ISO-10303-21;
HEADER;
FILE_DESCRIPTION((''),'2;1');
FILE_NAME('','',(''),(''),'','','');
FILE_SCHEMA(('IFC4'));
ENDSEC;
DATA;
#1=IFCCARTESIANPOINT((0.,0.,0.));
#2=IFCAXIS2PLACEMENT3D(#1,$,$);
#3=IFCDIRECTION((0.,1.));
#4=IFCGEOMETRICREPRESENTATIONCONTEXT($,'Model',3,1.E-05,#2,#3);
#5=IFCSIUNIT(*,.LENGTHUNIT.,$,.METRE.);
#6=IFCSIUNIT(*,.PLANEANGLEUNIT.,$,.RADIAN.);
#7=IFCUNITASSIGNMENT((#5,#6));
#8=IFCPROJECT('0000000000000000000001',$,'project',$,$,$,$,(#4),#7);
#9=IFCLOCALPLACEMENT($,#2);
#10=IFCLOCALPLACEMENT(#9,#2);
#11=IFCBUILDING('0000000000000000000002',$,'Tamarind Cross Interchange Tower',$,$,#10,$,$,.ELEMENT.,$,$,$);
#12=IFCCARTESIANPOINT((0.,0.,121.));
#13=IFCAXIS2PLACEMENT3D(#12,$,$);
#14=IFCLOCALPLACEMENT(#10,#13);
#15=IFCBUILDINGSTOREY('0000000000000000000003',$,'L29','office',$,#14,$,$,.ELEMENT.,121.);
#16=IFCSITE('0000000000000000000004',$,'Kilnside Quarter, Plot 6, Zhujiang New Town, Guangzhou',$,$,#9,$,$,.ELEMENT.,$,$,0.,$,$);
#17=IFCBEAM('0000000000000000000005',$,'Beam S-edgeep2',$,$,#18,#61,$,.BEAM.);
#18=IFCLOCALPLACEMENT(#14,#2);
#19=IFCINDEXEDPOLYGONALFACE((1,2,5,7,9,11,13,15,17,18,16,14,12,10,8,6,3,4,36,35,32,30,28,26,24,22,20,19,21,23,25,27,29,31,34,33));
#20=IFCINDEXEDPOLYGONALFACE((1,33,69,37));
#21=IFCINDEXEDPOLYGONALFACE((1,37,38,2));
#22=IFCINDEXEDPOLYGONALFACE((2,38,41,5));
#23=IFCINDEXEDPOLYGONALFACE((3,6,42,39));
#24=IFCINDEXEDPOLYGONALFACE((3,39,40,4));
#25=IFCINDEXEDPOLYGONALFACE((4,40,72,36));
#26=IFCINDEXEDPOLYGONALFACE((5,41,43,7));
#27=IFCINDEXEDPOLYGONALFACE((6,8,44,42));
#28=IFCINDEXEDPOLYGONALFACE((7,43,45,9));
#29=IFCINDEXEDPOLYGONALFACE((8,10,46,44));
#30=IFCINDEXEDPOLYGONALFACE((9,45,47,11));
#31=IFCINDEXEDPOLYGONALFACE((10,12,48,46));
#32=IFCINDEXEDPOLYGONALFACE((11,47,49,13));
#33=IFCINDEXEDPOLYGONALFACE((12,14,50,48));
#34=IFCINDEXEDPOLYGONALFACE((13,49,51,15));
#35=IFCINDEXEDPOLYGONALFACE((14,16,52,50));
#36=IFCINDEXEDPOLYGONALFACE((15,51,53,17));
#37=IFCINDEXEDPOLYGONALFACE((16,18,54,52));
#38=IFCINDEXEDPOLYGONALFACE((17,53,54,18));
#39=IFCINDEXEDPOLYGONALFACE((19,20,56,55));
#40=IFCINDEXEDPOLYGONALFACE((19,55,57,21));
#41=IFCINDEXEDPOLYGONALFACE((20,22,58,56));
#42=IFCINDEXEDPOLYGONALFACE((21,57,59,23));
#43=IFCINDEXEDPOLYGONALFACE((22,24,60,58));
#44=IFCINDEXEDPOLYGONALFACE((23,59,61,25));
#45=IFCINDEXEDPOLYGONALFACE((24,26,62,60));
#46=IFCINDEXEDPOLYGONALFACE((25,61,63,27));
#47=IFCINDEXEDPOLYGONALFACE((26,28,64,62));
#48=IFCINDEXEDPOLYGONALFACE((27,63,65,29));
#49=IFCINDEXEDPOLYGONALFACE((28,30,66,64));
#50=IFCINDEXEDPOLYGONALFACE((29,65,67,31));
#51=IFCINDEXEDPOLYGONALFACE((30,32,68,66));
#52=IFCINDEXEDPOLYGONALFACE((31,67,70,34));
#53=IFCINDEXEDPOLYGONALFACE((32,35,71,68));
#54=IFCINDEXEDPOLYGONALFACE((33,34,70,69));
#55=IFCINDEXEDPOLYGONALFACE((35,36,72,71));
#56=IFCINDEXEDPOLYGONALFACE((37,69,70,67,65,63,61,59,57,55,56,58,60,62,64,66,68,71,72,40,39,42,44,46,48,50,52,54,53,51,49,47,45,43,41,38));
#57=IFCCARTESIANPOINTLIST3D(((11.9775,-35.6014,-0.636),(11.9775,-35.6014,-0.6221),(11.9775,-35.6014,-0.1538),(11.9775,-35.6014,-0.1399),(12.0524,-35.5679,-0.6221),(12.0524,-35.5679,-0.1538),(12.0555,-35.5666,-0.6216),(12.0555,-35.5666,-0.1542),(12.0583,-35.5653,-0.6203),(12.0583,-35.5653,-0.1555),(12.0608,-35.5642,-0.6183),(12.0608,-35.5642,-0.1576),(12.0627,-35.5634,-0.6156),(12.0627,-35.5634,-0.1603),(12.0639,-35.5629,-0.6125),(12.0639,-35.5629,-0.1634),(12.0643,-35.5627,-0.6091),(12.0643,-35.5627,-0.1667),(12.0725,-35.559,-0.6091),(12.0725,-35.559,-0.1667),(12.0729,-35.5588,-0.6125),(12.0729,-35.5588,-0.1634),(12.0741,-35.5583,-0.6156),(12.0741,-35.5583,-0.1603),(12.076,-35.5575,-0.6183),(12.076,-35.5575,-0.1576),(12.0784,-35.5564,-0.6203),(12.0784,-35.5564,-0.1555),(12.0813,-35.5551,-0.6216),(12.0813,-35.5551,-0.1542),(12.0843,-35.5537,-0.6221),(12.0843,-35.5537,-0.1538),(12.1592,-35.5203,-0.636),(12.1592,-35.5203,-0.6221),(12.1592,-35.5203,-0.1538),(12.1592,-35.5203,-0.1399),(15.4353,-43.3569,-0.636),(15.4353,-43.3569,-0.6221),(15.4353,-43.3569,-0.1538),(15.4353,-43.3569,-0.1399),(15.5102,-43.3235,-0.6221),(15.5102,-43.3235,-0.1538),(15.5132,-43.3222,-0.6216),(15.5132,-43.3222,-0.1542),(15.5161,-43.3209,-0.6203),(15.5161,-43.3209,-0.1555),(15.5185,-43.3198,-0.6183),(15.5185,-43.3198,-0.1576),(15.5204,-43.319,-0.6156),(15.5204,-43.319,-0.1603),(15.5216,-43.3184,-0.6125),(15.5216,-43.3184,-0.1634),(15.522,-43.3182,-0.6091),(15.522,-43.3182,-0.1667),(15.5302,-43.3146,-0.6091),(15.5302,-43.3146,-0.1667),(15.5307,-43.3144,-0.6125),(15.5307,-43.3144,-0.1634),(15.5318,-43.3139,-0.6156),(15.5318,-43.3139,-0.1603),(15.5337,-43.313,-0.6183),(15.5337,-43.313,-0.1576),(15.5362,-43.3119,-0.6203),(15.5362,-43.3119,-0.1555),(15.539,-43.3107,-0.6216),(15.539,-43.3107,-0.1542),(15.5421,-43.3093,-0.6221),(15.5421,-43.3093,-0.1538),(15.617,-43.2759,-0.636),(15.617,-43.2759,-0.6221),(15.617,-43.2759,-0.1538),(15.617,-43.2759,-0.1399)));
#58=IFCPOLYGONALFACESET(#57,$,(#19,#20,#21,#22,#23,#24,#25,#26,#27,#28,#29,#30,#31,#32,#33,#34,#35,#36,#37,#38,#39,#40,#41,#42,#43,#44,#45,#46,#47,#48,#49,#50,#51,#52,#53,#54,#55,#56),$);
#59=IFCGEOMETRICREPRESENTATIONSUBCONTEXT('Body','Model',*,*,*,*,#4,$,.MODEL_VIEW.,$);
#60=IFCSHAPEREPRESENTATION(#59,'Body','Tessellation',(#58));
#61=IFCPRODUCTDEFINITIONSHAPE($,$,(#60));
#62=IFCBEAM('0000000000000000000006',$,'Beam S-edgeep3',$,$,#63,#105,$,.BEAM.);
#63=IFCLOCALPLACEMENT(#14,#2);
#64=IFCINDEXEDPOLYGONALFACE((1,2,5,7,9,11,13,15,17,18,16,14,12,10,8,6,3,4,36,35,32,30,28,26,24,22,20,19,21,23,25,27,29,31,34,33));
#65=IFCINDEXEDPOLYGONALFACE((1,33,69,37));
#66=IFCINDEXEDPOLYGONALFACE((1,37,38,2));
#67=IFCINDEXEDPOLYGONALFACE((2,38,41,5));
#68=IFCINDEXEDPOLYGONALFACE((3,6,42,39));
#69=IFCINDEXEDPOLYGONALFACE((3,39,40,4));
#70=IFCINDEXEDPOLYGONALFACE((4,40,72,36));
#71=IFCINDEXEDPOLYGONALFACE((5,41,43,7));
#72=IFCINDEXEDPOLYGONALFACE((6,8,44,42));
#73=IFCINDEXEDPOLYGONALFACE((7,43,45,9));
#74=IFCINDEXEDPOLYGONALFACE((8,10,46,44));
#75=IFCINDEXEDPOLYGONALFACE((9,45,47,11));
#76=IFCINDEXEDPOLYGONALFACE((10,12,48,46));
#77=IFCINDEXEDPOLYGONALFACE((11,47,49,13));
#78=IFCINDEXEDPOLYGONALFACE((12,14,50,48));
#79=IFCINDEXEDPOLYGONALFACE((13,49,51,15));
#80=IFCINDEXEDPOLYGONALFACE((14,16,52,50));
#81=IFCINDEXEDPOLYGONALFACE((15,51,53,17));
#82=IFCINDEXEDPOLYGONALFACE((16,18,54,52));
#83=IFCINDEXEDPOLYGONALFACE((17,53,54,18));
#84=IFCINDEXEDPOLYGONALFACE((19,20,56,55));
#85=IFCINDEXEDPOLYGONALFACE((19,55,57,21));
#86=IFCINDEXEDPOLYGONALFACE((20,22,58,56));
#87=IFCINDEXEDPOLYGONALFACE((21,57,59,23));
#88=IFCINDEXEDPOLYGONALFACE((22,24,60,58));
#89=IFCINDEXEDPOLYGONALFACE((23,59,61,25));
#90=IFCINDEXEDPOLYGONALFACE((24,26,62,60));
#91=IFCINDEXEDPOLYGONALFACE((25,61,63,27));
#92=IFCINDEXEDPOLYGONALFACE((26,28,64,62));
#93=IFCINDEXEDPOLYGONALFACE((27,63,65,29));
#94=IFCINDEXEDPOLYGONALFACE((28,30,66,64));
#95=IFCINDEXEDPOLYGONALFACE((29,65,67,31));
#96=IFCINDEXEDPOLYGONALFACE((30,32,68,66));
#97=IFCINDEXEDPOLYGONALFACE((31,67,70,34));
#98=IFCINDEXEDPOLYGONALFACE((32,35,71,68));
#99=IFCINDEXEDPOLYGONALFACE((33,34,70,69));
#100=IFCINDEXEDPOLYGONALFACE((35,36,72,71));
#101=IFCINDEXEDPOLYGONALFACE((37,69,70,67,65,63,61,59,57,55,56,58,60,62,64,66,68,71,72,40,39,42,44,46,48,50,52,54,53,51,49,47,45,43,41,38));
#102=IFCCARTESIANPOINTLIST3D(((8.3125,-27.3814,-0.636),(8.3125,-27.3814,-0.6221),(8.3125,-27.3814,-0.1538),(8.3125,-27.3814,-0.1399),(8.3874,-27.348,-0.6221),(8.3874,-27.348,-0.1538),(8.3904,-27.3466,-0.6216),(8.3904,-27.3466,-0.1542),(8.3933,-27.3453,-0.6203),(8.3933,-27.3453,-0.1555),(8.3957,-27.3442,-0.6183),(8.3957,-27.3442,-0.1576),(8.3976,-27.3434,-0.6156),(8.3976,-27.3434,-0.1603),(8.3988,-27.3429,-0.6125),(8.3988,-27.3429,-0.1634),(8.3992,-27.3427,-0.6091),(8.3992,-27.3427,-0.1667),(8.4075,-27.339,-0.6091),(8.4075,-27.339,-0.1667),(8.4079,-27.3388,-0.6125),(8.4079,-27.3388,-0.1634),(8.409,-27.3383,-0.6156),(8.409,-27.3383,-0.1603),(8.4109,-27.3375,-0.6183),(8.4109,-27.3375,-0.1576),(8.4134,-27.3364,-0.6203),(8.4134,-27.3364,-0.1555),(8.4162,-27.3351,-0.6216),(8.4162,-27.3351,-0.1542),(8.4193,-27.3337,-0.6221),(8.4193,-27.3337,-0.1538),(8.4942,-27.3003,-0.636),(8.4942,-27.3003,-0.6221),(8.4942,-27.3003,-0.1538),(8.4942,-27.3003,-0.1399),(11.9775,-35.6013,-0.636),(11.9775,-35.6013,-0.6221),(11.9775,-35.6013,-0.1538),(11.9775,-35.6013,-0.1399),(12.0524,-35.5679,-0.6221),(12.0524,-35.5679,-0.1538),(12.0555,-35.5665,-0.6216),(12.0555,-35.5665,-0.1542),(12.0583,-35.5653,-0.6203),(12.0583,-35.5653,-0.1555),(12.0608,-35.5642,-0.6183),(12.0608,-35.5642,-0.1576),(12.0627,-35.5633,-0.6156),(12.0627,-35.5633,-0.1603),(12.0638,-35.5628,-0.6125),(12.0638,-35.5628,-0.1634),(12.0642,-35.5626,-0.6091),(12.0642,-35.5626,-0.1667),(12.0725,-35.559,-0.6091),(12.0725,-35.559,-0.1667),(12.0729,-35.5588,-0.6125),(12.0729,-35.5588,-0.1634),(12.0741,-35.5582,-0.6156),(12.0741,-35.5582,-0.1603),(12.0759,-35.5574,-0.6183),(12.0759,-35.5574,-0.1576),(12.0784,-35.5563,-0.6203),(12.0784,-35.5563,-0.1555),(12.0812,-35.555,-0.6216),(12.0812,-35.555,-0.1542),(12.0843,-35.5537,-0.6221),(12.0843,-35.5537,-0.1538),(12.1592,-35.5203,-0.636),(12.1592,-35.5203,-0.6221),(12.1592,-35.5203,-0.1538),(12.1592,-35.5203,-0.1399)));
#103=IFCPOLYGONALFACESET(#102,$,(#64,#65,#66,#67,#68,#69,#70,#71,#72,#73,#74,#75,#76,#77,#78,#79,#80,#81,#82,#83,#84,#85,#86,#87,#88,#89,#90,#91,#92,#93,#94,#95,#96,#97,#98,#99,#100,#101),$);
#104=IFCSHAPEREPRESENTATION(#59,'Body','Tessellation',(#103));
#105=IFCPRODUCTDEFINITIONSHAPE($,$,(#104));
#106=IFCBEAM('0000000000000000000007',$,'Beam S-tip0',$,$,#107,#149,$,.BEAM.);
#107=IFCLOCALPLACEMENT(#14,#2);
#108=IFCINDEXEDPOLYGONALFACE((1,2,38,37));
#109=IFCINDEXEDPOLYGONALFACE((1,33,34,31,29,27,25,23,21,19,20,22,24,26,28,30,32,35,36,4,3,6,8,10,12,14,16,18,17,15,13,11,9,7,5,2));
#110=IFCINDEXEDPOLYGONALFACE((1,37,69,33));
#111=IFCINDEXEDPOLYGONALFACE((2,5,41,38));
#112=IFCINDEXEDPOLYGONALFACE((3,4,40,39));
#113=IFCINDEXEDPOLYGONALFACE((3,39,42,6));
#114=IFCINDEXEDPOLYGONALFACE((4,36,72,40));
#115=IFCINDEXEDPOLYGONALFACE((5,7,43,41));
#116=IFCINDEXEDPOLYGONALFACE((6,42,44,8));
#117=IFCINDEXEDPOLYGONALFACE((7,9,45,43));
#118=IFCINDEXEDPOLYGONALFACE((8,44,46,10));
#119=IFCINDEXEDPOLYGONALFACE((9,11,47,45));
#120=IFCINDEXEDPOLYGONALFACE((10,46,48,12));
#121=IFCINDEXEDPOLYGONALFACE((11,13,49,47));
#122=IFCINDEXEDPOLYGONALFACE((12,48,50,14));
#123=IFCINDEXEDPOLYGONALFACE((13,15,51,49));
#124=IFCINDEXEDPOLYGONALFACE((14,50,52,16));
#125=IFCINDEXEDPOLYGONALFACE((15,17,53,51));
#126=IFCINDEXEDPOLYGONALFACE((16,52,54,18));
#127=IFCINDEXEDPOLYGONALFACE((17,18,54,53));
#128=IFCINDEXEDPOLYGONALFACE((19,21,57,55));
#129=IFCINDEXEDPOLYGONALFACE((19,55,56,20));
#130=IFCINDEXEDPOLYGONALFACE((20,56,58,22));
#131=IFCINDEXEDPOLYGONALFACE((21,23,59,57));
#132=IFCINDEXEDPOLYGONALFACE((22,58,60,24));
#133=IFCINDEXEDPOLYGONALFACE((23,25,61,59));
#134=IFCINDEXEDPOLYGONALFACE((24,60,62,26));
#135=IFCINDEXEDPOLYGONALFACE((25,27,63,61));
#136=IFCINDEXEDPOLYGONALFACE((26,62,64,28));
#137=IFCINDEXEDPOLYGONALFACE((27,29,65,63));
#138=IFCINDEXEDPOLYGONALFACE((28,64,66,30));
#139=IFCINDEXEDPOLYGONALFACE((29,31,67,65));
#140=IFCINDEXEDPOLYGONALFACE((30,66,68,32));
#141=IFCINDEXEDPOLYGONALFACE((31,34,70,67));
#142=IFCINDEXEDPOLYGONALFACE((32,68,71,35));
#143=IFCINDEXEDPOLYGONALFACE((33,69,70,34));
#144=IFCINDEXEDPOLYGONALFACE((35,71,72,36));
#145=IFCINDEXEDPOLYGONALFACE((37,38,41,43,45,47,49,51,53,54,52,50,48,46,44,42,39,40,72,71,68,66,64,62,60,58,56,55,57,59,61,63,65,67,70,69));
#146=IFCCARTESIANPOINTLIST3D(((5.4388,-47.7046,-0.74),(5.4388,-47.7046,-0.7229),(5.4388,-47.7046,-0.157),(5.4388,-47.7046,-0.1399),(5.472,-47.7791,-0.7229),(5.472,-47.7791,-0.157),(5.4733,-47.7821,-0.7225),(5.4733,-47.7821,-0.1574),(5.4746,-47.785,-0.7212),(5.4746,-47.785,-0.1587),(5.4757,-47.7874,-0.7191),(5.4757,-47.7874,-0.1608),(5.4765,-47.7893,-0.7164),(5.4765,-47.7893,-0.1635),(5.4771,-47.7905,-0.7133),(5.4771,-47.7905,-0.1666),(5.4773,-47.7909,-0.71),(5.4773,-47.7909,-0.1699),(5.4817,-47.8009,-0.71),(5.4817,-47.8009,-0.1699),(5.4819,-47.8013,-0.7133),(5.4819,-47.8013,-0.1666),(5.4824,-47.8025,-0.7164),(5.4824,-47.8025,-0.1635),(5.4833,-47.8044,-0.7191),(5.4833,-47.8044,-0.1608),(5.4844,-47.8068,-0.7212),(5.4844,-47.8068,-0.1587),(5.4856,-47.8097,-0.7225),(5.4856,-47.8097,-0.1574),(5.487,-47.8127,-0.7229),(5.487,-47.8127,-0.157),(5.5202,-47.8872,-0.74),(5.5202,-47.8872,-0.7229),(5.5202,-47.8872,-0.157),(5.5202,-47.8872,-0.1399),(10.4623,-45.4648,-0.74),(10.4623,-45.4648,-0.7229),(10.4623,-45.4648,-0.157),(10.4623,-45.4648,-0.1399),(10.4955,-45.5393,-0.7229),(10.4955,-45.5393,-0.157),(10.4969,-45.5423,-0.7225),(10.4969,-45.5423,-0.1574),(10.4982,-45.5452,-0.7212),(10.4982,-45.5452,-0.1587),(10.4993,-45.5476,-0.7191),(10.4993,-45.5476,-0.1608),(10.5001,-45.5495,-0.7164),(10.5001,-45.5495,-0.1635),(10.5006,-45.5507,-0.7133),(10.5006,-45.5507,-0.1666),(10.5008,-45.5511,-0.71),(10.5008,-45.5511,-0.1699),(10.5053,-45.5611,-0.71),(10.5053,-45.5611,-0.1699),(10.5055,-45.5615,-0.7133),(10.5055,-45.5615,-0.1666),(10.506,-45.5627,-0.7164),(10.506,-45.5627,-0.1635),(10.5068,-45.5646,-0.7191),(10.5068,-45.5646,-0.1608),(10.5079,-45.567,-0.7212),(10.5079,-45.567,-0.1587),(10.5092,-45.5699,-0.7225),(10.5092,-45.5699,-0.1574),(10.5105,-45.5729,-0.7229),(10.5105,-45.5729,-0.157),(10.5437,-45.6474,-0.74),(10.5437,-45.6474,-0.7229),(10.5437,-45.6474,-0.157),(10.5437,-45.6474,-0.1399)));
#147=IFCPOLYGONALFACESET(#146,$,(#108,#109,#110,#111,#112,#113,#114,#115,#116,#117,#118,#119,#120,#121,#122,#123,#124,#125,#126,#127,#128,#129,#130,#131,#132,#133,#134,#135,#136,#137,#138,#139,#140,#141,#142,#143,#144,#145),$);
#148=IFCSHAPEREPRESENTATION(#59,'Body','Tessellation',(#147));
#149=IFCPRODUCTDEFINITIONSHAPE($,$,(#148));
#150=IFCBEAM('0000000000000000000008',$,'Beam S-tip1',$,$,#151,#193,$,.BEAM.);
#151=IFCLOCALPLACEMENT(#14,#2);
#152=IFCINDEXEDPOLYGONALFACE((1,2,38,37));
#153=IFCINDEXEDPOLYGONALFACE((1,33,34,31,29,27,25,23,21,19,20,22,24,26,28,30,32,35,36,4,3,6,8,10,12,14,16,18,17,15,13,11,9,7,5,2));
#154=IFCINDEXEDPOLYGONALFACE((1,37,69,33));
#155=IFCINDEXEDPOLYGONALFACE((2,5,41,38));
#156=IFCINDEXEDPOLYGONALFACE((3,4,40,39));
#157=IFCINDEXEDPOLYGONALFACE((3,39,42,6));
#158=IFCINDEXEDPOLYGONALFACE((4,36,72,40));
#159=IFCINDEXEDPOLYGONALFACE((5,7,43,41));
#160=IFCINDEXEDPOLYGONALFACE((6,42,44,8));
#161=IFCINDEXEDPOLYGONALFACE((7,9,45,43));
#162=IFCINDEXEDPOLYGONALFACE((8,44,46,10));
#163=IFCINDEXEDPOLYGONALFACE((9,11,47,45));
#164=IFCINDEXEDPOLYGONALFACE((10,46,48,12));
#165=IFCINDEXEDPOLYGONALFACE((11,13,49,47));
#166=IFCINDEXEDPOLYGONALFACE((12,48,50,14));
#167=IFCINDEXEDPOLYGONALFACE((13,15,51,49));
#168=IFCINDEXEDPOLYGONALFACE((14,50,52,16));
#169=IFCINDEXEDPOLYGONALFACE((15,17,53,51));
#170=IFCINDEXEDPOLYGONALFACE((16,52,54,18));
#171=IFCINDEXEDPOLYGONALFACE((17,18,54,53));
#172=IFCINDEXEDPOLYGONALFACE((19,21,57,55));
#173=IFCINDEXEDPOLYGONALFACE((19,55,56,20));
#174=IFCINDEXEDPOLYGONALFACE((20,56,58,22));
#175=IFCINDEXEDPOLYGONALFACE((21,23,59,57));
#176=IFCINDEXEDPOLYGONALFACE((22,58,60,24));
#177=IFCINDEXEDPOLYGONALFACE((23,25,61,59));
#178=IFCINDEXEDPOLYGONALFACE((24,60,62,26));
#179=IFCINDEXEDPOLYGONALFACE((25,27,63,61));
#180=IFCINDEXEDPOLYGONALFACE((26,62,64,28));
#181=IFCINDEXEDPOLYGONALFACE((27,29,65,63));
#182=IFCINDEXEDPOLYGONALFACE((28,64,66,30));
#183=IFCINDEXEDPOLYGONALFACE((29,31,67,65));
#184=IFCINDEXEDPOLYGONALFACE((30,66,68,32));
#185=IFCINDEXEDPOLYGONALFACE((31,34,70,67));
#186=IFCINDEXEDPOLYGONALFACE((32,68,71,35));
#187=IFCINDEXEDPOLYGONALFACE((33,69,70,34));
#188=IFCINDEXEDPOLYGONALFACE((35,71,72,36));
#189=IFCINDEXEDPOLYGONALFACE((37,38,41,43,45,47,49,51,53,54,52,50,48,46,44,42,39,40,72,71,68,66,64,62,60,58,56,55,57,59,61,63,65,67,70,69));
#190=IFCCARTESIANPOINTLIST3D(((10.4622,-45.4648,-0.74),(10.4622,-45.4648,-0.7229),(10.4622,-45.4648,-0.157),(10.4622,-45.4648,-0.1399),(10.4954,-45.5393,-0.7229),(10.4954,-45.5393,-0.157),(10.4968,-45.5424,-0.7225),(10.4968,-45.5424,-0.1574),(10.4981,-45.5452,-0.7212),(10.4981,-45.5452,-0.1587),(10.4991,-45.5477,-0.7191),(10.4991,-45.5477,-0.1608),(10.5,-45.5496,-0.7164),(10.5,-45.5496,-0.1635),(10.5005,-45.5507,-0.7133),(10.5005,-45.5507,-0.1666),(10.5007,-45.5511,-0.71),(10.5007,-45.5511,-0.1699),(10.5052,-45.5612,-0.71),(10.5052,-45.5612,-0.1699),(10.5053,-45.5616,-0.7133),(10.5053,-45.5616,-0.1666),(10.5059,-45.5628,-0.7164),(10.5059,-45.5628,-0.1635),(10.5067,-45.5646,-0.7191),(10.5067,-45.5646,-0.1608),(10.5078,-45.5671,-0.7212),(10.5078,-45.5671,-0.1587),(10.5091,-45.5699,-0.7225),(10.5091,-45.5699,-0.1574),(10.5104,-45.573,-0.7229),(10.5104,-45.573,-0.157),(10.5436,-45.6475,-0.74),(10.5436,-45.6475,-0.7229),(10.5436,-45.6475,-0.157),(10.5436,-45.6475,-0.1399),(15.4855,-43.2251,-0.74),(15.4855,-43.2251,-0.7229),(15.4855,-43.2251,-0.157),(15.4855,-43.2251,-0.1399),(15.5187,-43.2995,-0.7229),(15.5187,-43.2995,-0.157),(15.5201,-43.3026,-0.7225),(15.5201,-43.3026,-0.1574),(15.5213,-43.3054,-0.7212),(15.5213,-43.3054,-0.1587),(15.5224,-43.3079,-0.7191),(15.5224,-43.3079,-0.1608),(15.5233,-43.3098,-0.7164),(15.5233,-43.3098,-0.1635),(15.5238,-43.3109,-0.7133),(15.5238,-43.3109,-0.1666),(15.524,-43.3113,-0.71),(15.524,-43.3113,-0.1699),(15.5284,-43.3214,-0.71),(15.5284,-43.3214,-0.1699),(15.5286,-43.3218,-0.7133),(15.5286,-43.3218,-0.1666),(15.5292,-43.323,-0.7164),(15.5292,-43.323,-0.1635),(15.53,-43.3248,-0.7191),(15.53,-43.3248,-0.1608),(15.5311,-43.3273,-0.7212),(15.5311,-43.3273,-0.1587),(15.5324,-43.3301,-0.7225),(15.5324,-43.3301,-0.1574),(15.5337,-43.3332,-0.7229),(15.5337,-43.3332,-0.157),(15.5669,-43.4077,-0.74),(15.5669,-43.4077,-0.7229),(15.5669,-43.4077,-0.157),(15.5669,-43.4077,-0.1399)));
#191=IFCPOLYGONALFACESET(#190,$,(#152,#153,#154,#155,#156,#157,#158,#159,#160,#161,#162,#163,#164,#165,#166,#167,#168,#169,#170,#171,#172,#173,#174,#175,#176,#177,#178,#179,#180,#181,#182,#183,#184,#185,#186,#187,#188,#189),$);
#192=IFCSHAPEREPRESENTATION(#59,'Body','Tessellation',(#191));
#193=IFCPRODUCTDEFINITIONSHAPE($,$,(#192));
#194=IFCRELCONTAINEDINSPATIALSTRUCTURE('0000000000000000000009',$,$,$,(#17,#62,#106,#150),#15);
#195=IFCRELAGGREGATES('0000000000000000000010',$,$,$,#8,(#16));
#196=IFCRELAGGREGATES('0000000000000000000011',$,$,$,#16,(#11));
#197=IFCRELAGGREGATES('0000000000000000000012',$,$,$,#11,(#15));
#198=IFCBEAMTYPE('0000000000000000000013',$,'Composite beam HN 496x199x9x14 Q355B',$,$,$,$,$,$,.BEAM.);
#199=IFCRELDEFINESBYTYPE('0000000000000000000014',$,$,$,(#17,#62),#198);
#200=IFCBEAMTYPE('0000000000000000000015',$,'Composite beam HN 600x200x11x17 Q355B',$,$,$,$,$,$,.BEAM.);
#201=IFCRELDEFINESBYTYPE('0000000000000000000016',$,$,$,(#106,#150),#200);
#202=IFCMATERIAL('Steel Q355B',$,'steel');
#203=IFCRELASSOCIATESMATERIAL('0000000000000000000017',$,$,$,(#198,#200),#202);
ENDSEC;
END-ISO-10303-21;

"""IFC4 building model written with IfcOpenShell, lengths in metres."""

from ifc_helpers import new_model, si_unit, direction, frame, origin, origin_2d, place, context, subcontext, project, spatial, i_section, extrude, material, material_profile, profile_set, type_object, element, save


model = new_model("IFC4")

# Units and contexts
model_context = context("Model", 3, precision=1e-05, world=origin(), true_north=direction((0.0, 1.0)))
body_context = subcontext(model_context, "Body", "Model", "MODEL_VIEW")
ifc_project = project(units=[si_unit("LENGTHUNIT", "METRE"), si_unit("PLANEANGLEUNIT", "RADIAN")], contexts=[model_context])

# Site, building, storey
site_placement = place(None, origin())
site = spatial("IfcSite", under=ifc_project, at=site_placement, Name="Kilnside Quarter, Plot 6, Zhujiang New Town, Guangzhou", CompositionType="ELEMENT", RefElevation=0.0)
building_placement = place(site_placement, origin())
building = spatial("IfcBuilding", under=site, at=building_placement, Name="Tamarind Cross Interchange Tower", CompositionType="ELEMENT")
storey_placement = place(building_placement, frame((0.0, 0.0, 121.0)))
storey = spatial("IfcBuildingStorey", under=building, at=storey_placement, Name="L29", Description="office", CompositionType="ELEMENT", Elevation=121.0)

# Beams
ifc_material_1 = material(Name="Steel Q355B", Category="steel")
ifc_material_profile_1 = material_profile(ifc_material_1, i_section(OverallWidth=0.199, OverallDepth=0.4961, WebThickness=0.009, FlangeThickness=0.0139, FilletRadius=0.0129, at=origin_2d()), Name="HN 496x199x9x14")
ifc_profile_set_1 = profile_set([ifc_material_profile_1], Name="Steel Q355B")
beam_type_1 = type_object("IfcBeamType", Name="Composite beam HN 496x199x9x14 Q355B", PredefinedType="BEAM", material=ifc_profile_set_1)
beam_1_placement = place(storey_placement, frame((15.5261, -43.3164, -0.3879), z_axis=(-0.407203, 0.913338, 0.0), x_axis=(-0.913338, -0.407203, 0.0)))
element("IfcBeam", 1, at=beam_1_placement, inside=storey, type_object=beam_type_1, Name="Beam S-edgeep2", PredefinedType="BEAM", context=body_context, shape_type="SweptSolid", body=[
    extrude(i_section(OverallWidth=0.199, OverallDepth=0.4961, WebThickness=0.009, FlangeThickness=0.0139, FilletRadius=0.0129, at=origin_2d()), origin(), (0.0, 0.0, 1.0), 8.4915),
])
beam_2_placement = place(storey_placement, frame((12.0684, -35.5608, -0.3879), z_axis=(-0.407225, 0.913328, 0.0), x_axis=(-0.913328, -0.407225, 0.0)))
element("IfcBeam", 2, at=beam_2_placement, inside=storey, type_object=beam_type_1, Name="Beam S-edgeep3", PredefinedType="BEAM", context=body_context, shape_type="SweptSolid", body=[
    extrude(i_section(OverallWidth=0.199, OverallDepth=0.4961, WebThickness=0.009, FlangeThickness=0.0139, FilletRadius=0.0129, at=origin_2d()), origin(), (0.0, 0.0, 1.0), 9.0),
])
ifc_material_profile_2 = material_profile(ifc_material_1, i_section(OverallWidth=0.2, OverallDepth=0.6001, WebThickness=0.011, FlangeThickness=0.0171, FilletRadius=0.0129, at=origin_2d()), Name="HN 600x200x11x17")
ifc_profile_set_2 = profile_set([ifc_material_profile_2], Name="Steel Q355B")
beam_type_2 = type_object("IfcBeamType", Name="Composite beam HN 600x200x11x17 Q355B", PredefinedType="BEAM", material=ifc_profile_set_2)
beam_3_placement = place(storey_placement, frame((5.4795, -47.7959, -0.4399), z_axis=(0.913331, 0.407217, 0.0), x_axis=(-0.407217, 0.913331, 0.0)))
element("IfcBeam", 3, at=beam_3_placement, inside=storey, type_object=beam_type_2, Name="Beam S-tip0", PredefinedType="BEAM", context=body_context, shape_type="SweptSolid", body=[
    extrude(i_section(OverallWidth=0.2, OverallDepth=0.6001, WebThickness=0.011, FlangeThickness=0.0171, FilletRadius=0.0129, at=origin_2d()), origin(), (0.0, 0.0, 1.0), 5.5002),
])
beam_4_placement = place(storey_placement, frame((10.5029, -45.5562, -0.4399), z_axis=(0.913324, 0.407234, 0.0), x_axis=(-0.407234, 0.913324, 0.0)))
element("IfcBeam", 4, at=beam_4_placement, inside=storey, type_object=beam_type_2, Name="Beam S-tip1", PredefinedType="BEAM", context=body_context, shape_type="SweptSolid", body=[
    extrude(i_section(OverallWidth=0.2, OverallDepth=0.6001, WebThickness=0.011, FlangeThickness=0.0171, FilletRadius=0.0129, at=origin_2d()), origin(), (0.0, 0.0, 1.0), 5.5),
])

save(model, "model.ifc")
